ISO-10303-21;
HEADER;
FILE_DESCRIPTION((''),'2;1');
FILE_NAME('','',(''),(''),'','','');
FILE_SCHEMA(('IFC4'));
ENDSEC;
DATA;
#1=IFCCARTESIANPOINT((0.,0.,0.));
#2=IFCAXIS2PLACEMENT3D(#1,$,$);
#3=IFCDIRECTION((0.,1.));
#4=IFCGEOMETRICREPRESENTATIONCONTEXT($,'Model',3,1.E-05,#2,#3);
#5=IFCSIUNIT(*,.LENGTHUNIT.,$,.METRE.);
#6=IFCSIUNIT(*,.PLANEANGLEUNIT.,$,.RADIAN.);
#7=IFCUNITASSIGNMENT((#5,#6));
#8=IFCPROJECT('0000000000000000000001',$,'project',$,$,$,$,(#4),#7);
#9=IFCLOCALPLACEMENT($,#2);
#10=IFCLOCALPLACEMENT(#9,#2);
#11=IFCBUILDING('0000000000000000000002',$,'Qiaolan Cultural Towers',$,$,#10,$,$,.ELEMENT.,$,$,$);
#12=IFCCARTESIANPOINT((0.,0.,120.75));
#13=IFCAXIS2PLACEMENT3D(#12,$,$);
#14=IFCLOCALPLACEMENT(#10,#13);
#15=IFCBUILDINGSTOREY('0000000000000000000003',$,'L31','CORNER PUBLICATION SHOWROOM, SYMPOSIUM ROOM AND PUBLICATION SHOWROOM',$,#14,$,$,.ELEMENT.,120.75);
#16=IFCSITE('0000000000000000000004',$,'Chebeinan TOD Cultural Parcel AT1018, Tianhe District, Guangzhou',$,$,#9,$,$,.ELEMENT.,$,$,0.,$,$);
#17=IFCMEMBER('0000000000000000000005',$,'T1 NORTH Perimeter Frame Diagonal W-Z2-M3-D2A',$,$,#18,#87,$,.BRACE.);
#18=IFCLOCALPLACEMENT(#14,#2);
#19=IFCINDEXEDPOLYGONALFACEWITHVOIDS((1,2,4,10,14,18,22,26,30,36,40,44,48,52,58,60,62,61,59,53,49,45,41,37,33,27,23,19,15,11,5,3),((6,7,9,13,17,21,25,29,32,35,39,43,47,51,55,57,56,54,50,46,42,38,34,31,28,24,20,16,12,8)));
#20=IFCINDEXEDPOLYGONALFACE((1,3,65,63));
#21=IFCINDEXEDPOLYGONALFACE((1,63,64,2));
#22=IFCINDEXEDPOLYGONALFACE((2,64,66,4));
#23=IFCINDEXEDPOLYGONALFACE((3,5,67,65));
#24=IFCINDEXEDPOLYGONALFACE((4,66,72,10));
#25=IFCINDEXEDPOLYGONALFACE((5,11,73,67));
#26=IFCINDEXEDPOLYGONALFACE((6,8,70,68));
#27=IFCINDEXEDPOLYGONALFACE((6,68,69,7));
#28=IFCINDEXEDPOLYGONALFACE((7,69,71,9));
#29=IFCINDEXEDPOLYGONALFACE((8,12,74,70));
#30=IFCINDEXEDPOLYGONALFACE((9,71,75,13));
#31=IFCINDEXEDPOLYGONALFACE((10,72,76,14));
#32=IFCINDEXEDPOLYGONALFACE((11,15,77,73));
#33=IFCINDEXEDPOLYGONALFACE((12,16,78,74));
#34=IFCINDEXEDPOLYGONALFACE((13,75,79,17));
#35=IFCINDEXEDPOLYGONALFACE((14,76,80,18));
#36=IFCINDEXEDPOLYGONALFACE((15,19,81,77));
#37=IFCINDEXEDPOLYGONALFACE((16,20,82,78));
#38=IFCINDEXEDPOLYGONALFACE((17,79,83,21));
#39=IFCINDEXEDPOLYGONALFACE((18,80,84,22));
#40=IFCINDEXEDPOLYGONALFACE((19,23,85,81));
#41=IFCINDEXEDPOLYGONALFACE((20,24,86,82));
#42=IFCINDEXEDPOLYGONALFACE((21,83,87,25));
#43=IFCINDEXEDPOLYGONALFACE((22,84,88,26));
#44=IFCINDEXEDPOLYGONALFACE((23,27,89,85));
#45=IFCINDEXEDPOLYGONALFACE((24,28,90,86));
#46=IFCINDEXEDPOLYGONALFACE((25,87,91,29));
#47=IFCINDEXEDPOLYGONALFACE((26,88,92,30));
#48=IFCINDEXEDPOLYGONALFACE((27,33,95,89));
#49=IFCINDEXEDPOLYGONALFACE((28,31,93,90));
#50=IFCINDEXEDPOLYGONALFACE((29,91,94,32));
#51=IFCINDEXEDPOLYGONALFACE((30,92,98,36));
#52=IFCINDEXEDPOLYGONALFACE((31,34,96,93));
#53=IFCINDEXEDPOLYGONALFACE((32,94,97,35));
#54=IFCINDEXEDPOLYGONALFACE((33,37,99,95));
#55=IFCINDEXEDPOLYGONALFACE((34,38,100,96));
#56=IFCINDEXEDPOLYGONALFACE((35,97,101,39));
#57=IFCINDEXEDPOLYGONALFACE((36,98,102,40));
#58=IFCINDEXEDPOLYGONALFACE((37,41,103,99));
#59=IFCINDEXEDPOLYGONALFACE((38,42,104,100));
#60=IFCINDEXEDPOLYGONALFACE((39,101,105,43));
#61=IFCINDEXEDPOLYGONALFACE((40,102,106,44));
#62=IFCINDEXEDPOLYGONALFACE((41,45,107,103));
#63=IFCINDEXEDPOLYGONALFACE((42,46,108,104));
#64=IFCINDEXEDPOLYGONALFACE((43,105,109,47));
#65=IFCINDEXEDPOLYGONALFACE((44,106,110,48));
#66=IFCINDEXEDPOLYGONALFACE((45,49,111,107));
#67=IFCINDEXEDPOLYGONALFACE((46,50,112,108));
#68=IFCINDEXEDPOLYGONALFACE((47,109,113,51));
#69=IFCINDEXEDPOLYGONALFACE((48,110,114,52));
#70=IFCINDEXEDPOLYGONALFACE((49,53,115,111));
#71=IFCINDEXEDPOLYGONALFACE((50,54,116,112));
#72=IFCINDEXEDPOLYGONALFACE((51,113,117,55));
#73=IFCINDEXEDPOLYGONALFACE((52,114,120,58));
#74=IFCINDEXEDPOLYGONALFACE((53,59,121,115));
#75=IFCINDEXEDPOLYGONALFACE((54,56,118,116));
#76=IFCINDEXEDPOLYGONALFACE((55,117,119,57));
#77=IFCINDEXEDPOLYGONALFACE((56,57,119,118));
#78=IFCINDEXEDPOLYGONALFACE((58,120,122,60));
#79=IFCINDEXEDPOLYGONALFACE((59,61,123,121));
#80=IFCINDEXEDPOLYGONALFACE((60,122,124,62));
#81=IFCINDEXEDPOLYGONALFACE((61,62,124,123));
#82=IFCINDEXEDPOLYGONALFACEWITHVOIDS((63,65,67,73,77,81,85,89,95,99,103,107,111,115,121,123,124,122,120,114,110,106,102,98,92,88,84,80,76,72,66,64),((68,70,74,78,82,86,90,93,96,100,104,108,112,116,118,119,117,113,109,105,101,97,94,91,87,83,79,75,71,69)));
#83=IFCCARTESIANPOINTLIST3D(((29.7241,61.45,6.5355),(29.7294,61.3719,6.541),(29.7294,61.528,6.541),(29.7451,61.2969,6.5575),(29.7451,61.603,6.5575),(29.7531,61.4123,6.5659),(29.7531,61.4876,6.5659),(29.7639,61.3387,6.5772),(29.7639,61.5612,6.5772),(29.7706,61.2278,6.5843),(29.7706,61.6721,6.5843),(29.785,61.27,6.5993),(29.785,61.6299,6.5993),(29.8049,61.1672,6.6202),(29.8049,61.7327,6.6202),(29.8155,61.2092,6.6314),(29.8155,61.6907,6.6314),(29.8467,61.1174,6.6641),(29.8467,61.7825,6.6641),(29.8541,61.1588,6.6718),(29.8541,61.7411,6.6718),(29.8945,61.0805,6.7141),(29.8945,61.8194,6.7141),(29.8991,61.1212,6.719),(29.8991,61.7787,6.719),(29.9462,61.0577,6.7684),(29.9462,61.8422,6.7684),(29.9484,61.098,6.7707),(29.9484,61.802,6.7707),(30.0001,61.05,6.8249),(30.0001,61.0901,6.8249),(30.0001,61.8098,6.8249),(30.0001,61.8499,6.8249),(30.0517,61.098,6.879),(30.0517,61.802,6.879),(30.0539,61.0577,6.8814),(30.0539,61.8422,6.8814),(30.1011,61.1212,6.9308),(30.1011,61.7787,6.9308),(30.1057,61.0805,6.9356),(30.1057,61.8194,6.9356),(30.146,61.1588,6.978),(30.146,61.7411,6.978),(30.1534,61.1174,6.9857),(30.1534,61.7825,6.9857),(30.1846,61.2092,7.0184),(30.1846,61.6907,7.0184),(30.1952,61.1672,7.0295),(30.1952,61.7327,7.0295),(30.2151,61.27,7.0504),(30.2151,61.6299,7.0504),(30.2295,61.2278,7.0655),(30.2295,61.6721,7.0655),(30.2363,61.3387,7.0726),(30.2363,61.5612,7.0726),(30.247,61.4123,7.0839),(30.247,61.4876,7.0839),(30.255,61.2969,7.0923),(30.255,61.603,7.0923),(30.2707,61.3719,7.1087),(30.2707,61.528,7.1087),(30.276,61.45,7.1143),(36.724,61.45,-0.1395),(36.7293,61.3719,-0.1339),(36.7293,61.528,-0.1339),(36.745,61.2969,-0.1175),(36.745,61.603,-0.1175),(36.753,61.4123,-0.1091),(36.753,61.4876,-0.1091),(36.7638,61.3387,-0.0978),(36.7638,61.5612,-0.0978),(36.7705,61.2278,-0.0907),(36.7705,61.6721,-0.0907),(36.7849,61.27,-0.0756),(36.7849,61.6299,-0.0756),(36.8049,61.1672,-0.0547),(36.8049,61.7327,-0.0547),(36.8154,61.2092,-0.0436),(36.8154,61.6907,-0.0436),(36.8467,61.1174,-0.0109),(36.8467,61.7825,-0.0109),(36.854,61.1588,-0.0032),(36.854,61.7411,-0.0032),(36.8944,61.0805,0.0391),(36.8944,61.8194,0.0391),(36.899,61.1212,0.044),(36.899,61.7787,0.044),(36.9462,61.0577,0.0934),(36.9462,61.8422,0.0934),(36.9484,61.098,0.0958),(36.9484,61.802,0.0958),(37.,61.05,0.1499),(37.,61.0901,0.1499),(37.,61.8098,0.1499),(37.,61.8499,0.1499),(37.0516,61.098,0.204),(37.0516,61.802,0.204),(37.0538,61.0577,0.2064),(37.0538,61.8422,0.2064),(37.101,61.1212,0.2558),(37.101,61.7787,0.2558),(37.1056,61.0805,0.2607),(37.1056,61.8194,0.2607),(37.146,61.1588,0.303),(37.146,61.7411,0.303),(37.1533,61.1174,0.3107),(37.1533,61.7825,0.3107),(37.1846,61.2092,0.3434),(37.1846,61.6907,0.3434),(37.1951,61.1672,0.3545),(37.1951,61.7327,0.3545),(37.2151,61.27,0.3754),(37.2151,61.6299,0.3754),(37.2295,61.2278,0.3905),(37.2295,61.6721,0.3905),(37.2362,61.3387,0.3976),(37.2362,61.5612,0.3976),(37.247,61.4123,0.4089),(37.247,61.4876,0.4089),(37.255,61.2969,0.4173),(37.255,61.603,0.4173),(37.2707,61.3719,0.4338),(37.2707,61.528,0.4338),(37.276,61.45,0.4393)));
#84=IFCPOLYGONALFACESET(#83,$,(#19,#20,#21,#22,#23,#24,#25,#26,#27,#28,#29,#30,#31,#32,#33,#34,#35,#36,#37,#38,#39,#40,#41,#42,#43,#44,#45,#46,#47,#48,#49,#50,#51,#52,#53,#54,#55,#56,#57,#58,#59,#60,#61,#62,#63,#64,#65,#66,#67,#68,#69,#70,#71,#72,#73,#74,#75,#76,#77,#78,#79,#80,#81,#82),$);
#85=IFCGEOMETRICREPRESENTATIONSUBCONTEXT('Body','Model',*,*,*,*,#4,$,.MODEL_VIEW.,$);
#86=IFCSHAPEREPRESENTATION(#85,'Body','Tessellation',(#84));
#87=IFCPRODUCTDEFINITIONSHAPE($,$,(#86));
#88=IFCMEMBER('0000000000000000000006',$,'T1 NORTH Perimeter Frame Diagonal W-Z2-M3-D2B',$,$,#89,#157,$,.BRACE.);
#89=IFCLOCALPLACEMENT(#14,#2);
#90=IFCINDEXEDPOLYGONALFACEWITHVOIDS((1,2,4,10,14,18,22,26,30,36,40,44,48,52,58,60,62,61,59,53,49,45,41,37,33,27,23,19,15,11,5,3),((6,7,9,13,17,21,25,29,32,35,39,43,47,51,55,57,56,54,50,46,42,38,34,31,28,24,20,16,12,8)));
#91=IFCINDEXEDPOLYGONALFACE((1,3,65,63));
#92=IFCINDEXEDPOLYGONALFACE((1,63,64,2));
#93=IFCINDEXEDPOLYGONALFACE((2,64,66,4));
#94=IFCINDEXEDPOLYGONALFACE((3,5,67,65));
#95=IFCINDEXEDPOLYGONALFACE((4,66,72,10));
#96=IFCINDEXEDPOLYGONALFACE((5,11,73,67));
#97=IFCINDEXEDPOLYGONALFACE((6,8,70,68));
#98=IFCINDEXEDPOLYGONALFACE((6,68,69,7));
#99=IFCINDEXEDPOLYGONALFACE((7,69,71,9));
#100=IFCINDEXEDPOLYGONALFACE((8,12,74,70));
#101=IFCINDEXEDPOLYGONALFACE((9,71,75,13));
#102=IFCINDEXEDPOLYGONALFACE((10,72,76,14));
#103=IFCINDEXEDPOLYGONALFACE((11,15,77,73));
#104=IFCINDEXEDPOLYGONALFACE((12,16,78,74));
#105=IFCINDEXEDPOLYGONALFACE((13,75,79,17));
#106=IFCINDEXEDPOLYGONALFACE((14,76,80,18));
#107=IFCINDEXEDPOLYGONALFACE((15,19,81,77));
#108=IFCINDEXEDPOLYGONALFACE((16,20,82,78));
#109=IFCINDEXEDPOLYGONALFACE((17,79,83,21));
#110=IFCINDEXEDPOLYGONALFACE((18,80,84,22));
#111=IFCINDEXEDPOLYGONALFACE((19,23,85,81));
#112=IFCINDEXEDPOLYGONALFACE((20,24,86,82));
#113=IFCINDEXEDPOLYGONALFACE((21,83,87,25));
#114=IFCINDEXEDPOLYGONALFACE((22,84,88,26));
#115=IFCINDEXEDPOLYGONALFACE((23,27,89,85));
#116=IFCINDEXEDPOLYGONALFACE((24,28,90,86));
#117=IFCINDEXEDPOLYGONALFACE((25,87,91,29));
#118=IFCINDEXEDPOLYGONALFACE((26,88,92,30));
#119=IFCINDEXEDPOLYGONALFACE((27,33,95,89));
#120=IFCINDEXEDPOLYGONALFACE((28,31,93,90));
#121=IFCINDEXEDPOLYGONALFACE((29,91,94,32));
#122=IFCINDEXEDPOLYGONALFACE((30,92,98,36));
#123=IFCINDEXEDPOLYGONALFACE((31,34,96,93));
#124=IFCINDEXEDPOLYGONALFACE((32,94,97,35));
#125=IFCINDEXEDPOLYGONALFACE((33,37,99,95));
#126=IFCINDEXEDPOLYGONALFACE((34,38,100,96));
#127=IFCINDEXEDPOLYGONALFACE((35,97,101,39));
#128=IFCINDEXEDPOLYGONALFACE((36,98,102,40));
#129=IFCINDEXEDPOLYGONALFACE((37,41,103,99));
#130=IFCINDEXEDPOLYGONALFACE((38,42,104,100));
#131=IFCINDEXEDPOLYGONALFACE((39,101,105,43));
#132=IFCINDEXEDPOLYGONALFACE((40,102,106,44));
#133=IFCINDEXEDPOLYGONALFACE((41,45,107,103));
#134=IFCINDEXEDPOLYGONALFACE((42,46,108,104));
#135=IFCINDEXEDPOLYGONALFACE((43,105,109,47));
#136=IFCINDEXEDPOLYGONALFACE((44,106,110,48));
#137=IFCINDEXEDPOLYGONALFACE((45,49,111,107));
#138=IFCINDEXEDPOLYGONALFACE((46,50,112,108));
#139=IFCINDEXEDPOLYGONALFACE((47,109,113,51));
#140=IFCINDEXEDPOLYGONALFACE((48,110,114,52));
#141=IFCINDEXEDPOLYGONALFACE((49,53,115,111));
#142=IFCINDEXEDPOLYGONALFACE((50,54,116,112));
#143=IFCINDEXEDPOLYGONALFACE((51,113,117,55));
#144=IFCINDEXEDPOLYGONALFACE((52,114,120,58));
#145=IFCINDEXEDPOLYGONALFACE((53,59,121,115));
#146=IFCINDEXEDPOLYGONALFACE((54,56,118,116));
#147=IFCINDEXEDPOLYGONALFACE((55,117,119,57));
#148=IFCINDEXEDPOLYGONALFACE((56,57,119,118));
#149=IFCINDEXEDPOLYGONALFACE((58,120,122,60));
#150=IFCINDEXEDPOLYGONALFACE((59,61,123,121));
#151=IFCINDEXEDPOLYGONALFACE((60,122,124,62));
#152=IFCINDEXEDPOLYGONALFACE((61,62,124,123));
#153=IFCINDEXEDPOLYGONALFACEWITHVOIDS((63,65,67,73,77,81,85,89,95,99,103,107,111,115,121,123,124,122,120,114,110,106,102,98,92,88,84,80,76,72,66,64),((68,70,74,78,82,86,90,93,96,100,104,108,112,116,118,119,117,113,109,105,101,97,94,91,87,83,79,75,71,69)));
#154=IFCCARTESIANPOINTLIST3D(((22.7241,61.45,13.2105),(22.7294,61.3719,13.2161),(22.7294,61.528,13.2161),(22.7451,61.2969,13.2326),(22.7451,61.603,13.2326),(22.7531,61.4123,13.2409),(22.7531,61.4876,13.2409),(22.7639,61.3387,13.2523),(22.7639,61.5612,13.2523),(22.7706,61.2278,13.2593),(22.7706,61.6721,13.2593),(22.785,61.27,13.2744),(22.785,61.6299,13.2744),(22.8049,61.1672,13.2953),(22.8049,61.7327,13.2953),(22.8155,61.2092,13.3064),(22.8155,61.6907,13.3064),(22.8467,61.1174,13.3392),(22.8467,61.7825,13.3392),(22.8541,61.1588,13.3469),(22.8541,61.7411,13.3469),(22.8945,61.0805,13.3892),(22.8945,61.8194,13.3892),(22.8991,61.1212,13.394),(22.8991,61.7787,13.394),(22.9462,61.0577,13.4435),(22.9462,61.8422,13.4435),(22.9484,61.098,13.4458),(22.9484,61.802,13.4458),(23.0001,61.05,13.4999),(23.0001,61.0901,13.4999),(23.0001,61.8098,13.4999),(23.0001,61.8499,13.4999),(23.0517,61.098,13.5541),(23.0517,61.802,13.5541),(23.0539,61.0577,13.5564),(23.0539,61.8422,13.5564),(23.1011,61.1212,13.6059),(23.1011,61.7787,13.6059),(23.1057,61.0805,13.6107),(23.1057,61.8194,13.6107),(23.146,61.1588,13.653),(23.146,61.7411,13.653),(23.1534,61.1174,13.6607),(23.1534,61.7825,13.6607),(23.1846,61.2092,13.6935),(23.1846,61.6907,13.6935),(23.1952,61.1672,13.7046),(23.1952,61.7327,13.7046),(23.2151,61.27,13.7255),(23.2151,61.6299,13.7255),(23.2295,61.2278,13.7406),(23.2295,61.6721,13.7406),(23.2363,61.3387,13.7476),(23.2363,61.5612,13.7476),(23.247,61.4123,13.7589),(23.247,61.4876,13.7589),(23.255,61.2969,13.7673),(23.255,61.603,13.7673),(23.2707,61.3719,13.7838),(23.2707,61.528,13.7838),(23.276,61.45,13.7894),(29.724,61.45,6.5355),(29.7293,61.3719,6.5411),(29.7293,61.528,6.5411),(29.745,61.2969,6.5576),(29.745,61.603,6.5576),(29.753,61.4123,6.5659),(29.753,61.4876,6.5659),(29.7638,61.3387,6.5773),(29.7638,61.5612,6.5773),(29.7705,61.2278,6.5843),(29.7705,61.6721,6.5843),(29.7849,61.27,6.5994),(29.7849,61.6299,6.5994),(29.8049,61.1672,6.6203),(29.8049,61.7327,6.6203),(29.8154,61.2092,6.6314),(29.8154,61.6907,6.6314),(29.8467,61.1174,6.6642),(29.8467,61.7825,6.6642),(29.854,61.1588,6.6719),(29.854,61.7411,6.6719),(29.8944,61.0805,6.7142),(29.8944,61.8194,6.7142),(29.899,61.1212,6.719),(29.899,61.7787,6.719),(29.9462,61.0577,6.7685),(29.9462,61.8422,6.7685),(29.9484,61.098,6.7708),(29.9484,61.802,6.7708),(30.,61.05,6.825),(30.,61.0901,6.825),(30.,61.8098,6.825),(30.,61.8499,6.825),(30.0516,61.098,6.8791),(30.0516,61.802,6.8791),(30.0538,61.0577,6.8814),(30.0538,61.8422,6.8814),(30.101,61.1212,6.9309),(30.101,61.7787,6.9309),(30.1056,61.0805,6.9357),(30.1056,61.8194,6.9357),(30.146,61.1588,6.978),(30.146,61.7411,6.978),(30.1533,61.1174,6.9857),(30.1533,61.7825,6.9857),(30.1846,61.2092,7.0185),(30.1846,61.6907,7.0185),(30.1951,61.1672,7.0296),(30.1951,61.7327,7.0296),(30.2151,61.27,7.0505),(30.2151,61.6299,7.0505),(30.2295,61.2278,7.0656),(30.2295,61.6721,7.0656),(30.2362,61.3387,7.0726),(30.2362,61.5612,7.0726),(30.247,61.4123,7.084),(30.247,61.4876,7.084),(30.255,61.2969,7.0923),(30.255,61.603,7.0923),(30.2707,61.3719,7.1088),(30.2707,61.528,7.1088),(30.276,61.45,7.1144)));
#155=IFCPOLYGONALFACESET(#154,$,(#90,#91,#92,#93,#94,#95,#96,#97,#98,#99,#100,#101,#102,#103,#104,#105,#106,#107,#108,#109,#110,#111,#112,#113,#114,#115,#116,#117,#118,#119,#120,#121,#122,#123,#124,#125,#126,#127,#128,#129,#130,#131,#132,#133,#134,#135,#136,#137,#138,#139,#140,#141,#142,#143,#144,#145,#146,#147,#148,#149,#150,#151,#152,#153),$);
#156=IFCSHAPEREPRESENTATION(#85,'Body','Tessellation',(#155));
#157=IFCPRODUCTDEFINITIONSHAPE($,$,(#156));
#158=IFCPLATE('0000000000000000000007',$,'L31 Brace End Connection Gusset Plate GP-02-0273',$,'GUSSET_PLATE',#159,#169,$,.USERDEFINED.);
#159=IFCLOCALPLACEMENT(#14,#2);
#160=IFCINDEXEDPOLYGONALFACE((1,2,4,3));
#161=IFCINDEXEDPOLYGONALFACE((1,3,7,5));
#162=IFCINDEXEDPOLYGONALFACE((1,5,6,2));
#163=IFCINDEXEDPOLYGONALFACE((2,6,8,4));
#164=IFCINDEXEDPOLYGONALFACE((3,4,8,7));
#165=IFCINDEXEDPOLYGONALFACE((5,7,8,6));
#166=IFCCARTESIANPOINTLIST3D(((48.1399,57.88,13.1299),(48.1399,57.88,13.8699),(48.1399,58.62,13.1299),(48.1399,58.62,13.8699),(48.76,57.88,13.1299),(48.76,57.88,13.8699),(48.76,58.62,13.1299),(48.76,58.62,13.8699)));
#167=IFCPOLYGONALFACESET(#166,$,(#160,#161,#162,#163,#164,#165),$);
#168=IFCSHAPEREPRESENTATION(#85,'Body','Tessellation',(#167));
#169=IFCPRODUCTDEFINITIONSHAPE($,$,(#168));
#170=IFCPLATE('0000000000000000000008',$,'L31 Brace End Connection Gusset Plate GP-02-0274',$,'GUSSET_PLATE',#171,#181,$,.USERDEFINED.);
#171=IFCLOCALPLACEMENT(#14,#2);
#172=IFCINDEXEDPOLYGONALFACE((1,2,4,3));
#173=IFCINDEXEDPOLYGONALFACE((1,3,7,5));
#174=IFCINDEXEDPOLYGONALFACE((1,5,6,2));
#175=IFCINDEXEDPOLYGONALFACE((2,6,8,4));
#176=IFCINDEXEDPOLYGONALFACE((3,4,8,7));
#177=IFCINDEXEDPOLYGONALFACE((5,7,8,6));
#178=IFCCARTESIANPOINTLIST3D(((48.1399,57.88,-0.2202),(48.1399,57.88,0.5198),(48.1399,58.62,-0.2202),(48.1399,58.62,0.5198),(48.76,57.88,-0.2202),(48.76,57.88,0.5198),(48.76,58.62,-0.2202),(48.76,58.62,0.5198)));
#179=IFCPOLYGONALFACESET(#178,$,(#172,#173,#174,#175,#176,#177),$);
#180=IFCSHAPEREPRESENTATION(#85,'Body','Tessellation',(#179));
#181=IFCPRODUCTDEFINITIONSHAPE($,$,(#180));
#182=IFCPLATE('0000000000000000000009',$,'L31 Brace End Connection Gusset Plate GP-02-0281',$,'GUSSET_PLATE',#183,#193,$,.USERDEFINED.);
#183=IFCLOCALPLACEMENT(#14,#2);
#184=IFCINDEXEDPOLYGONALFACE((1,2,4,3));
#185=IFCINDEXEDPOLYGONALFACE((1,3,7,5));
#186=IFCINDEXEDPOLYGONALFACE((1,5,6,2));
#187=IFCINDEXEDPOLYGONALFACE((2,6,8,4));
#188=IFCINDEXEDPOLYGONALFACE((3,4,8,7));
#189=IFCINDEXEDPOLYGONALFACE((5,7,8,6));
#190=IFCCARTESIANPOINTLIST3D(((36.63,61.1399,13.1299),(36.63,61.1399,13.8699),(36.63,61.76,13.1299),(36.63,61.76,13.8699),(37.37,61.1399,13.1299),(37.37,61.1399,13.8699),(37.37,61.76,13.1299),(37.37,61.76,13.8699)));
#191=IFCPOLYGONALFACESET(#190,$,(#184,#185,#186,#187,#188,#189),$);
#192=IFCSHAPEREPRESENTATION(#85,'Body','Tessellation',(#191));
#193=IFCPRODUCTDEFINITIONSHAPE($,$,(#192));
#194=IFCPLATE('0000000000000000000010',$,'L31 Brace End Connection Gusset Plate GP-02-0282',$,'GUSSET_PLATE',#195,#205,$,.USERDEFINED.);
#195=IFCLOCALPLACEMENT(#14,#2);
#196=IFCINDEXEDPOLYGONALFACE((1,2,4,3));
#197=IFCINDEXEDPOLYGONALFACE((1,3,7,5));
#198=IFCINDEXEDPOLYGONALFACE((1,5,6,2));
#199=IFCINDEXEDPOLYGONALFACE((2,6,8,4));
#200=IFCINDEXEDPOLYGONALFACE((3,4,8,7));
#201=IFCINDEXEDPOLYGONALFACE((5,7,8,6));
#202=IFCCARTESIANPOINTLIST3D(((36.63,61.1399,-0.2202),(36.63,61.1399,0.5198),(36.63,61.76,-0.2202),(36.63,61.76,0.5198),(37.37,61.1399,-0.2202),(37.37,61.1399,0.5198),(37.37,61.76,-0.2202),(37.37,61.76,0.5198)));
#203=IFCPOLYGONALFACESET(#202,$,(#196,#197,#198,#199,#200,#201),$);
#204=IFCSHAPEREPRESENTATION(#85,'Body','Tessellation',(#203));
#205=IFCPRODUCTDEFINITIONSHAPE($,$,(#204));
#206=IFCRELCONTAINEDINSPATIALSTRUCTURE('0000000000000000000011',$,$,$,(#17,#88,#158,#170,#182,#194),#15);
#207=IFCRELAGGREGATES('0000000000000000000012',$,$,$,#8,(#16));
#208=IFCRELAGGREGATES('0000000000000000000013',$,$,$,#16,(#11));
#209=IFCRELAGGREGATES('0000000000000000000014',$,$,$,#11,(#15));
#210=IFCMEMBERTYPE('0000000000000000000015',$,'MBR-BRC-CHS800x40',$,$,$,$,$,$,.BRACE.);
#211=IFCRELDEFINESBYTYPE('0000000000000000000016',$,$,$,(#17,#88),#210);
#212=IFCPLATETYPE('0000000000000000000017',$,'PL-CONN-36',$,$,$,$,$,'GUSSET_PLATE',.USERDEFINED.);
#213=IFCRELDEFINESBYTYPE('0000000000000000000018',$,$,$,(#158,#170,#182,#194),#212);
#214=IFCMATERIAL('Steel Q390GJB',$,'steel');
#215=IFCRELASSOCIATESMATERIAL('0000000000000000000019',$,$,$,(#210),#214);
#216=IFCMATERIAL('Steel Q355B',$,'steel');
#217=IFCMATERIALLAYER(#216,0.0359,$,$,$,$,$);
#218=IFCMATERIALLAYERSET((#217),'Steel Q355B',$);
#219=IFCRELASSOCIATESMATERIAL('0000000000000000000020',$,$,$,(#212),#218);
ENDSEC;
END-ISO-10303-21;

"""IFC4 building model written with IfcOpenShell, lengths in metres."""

from ifc_helpers import new_model, si_unit, direction, frame, origin, origin_2d, place, context, subcontext, project, spatial, rectangle, hollow_circle, extrude, material, layer, layer_set, material_profile, profile_set, type_object, element, save


model = new_model("IFC4")

# Units and contexts
model_context = context("Model", 3, precision=1e-05, world=origin(), true_north=direction((0.0, 1.0)))
body_context = subcontext(model_context, "Body", "Model", "MODEL_VIEW")
ifc_project = project(units=[si_unit("LENGTHUNIT", "METRE"), si_unit("PLANEANGLEUNIT", "RADIAN")], contexts=[model_context])

# Site, building, storey
site_placement = place(None, origin())
site = spatial("IfcSite", under=ifc_project, at=site_placement, Name="Chebeinan TOD Cultural Parcel AT1018, Tianhe District, Guangzhou", CompositionType="ELEMENT", RefElevation=0.0)
building_placement = place(site_placement, origin())
building = spatial("IfcBuilding", under=site, at=building_placement, Name="Qiaolan Cultural Towers", CompositionType="ELEMENT")
storey_placement = place(building_placement, frame((0.0, 0.0, 120.75)))
storey = spatial("IfcBuildingStorey", under=building, at=storey_placement, Name="L31", Description="CORNER PUBLICATION SHOWROOM, SYMPOSIUM ROOM AND PUBLICATION SHOWROOM", CompositionType="ELEMENT", Elevation=120.75)

# Members
ifc_material_1 = material(Name="Steel Q390GJB", Category="steel")
ifc_material_profile_1 = material_profile(ifc_material_1, hollow_circle(Radius=0.3999, WallThickness=0.04, at=origin_2d()), Name="CHS800x40")
ifc_profile_set_1 = profile_set([ifc_material_profile_1], Name="Steel Q390GJB")
member_type = type_object("IfcMemberType", Name="MBR-BRC-CHS800x40", PredefinedType="BRACE", material=ifc_profile_set_1)
for number, where, z_axis, x_axis, name in (
    (1, (37.0, 61.45, 0.1499), (-0.723705, 0.0, 0.690109), (0.0, -1.0, 0.0), "T1 NORTH Perimeter Frame Diagonal W-Z2-M3-D2A"),
    (2, (30.0, 61.45, 6.825), (-0.723705, 0.0, 0.690109), (0.0, -1.0, 0.0), "T1 NORTH Perimeter Frame Diagonal W-Z2-M3-D2B"),
):
    element("IfcMember", number, at=place(storey_placement, frame(where, z_axis=z_axis, x_axis=x_axis)), inside=storey, type_object=member_type, Name=name, PredefinedType="BRACE", context=body_context, shape_type="SweptSolid", body=[
        extrude(hollow_circle(Radius=0.3999, WallThickness=0.04, at=origin_2d()), origin(), (0.0, 0.0, 1.0), 9.6724),
    ])

# Plates
ifc_material_2 = material(Name="Steel Q355B", Category="steel")
ifc_layer_1 = layer(ifc_material_2, 0.0359)
ifc_layer_set_1 = layer_set([ifc_layer_1], Name="Steel Q355B")
plate_type_1 = type_object("IfcPlateType", Name="PL-CONN-36", ElementType="GUSSET_PLATE", PredefinedType="USERDEFINED", material=ifc_layer_set_1)
for number, where, z_axis, x_axis, name in (
    (3, (48.45, 58.25, 13.1299), (0.0, 0.0, 1.0), (0.0, 1.0, 0.0), "L31 Brace End Connection Gusset Plate GP-02-0273"),
    (4, (48.45, 58.25, -0.2202), (0.0, 0.0, 1.0), (0.0, 1.0, 0.0), "L31 Brace End Connection Gusset Plate GP-02-0274"),
    (5, (37.0, 61.45, 13.1299), (0.0, 0.0, 1.0), (1.0, 0.0, 0.0), "L31 Brace End Connection Gusset Plate GP-02-0281"),
    (6, (37.0, 61.45, -0.2202), (0.0, 0.0, 1.0), (1.0, 0.0, 0.0), "L31 Brace End Connection Gusset Plate GP-02-0282"),
):
    element("IfcPlate", number, at=place(storey_placement, frame(where, z_axis=z_axis, x_axis=x_axis)), inside=storey, type_object=plate_type_1, Name=name, ObjectType="GUSSET_PLATE", PredefinedType="USERDEFINED", context=body_context, shape_type="SweptSolid", body=[
        extrude(rectangle(XDim=0.74, YDim=0.6201, at=origin_2d()), origin(), (0.0, 0.0, 1.0), 0.74),
    ])

save(model, "model.ifc")
